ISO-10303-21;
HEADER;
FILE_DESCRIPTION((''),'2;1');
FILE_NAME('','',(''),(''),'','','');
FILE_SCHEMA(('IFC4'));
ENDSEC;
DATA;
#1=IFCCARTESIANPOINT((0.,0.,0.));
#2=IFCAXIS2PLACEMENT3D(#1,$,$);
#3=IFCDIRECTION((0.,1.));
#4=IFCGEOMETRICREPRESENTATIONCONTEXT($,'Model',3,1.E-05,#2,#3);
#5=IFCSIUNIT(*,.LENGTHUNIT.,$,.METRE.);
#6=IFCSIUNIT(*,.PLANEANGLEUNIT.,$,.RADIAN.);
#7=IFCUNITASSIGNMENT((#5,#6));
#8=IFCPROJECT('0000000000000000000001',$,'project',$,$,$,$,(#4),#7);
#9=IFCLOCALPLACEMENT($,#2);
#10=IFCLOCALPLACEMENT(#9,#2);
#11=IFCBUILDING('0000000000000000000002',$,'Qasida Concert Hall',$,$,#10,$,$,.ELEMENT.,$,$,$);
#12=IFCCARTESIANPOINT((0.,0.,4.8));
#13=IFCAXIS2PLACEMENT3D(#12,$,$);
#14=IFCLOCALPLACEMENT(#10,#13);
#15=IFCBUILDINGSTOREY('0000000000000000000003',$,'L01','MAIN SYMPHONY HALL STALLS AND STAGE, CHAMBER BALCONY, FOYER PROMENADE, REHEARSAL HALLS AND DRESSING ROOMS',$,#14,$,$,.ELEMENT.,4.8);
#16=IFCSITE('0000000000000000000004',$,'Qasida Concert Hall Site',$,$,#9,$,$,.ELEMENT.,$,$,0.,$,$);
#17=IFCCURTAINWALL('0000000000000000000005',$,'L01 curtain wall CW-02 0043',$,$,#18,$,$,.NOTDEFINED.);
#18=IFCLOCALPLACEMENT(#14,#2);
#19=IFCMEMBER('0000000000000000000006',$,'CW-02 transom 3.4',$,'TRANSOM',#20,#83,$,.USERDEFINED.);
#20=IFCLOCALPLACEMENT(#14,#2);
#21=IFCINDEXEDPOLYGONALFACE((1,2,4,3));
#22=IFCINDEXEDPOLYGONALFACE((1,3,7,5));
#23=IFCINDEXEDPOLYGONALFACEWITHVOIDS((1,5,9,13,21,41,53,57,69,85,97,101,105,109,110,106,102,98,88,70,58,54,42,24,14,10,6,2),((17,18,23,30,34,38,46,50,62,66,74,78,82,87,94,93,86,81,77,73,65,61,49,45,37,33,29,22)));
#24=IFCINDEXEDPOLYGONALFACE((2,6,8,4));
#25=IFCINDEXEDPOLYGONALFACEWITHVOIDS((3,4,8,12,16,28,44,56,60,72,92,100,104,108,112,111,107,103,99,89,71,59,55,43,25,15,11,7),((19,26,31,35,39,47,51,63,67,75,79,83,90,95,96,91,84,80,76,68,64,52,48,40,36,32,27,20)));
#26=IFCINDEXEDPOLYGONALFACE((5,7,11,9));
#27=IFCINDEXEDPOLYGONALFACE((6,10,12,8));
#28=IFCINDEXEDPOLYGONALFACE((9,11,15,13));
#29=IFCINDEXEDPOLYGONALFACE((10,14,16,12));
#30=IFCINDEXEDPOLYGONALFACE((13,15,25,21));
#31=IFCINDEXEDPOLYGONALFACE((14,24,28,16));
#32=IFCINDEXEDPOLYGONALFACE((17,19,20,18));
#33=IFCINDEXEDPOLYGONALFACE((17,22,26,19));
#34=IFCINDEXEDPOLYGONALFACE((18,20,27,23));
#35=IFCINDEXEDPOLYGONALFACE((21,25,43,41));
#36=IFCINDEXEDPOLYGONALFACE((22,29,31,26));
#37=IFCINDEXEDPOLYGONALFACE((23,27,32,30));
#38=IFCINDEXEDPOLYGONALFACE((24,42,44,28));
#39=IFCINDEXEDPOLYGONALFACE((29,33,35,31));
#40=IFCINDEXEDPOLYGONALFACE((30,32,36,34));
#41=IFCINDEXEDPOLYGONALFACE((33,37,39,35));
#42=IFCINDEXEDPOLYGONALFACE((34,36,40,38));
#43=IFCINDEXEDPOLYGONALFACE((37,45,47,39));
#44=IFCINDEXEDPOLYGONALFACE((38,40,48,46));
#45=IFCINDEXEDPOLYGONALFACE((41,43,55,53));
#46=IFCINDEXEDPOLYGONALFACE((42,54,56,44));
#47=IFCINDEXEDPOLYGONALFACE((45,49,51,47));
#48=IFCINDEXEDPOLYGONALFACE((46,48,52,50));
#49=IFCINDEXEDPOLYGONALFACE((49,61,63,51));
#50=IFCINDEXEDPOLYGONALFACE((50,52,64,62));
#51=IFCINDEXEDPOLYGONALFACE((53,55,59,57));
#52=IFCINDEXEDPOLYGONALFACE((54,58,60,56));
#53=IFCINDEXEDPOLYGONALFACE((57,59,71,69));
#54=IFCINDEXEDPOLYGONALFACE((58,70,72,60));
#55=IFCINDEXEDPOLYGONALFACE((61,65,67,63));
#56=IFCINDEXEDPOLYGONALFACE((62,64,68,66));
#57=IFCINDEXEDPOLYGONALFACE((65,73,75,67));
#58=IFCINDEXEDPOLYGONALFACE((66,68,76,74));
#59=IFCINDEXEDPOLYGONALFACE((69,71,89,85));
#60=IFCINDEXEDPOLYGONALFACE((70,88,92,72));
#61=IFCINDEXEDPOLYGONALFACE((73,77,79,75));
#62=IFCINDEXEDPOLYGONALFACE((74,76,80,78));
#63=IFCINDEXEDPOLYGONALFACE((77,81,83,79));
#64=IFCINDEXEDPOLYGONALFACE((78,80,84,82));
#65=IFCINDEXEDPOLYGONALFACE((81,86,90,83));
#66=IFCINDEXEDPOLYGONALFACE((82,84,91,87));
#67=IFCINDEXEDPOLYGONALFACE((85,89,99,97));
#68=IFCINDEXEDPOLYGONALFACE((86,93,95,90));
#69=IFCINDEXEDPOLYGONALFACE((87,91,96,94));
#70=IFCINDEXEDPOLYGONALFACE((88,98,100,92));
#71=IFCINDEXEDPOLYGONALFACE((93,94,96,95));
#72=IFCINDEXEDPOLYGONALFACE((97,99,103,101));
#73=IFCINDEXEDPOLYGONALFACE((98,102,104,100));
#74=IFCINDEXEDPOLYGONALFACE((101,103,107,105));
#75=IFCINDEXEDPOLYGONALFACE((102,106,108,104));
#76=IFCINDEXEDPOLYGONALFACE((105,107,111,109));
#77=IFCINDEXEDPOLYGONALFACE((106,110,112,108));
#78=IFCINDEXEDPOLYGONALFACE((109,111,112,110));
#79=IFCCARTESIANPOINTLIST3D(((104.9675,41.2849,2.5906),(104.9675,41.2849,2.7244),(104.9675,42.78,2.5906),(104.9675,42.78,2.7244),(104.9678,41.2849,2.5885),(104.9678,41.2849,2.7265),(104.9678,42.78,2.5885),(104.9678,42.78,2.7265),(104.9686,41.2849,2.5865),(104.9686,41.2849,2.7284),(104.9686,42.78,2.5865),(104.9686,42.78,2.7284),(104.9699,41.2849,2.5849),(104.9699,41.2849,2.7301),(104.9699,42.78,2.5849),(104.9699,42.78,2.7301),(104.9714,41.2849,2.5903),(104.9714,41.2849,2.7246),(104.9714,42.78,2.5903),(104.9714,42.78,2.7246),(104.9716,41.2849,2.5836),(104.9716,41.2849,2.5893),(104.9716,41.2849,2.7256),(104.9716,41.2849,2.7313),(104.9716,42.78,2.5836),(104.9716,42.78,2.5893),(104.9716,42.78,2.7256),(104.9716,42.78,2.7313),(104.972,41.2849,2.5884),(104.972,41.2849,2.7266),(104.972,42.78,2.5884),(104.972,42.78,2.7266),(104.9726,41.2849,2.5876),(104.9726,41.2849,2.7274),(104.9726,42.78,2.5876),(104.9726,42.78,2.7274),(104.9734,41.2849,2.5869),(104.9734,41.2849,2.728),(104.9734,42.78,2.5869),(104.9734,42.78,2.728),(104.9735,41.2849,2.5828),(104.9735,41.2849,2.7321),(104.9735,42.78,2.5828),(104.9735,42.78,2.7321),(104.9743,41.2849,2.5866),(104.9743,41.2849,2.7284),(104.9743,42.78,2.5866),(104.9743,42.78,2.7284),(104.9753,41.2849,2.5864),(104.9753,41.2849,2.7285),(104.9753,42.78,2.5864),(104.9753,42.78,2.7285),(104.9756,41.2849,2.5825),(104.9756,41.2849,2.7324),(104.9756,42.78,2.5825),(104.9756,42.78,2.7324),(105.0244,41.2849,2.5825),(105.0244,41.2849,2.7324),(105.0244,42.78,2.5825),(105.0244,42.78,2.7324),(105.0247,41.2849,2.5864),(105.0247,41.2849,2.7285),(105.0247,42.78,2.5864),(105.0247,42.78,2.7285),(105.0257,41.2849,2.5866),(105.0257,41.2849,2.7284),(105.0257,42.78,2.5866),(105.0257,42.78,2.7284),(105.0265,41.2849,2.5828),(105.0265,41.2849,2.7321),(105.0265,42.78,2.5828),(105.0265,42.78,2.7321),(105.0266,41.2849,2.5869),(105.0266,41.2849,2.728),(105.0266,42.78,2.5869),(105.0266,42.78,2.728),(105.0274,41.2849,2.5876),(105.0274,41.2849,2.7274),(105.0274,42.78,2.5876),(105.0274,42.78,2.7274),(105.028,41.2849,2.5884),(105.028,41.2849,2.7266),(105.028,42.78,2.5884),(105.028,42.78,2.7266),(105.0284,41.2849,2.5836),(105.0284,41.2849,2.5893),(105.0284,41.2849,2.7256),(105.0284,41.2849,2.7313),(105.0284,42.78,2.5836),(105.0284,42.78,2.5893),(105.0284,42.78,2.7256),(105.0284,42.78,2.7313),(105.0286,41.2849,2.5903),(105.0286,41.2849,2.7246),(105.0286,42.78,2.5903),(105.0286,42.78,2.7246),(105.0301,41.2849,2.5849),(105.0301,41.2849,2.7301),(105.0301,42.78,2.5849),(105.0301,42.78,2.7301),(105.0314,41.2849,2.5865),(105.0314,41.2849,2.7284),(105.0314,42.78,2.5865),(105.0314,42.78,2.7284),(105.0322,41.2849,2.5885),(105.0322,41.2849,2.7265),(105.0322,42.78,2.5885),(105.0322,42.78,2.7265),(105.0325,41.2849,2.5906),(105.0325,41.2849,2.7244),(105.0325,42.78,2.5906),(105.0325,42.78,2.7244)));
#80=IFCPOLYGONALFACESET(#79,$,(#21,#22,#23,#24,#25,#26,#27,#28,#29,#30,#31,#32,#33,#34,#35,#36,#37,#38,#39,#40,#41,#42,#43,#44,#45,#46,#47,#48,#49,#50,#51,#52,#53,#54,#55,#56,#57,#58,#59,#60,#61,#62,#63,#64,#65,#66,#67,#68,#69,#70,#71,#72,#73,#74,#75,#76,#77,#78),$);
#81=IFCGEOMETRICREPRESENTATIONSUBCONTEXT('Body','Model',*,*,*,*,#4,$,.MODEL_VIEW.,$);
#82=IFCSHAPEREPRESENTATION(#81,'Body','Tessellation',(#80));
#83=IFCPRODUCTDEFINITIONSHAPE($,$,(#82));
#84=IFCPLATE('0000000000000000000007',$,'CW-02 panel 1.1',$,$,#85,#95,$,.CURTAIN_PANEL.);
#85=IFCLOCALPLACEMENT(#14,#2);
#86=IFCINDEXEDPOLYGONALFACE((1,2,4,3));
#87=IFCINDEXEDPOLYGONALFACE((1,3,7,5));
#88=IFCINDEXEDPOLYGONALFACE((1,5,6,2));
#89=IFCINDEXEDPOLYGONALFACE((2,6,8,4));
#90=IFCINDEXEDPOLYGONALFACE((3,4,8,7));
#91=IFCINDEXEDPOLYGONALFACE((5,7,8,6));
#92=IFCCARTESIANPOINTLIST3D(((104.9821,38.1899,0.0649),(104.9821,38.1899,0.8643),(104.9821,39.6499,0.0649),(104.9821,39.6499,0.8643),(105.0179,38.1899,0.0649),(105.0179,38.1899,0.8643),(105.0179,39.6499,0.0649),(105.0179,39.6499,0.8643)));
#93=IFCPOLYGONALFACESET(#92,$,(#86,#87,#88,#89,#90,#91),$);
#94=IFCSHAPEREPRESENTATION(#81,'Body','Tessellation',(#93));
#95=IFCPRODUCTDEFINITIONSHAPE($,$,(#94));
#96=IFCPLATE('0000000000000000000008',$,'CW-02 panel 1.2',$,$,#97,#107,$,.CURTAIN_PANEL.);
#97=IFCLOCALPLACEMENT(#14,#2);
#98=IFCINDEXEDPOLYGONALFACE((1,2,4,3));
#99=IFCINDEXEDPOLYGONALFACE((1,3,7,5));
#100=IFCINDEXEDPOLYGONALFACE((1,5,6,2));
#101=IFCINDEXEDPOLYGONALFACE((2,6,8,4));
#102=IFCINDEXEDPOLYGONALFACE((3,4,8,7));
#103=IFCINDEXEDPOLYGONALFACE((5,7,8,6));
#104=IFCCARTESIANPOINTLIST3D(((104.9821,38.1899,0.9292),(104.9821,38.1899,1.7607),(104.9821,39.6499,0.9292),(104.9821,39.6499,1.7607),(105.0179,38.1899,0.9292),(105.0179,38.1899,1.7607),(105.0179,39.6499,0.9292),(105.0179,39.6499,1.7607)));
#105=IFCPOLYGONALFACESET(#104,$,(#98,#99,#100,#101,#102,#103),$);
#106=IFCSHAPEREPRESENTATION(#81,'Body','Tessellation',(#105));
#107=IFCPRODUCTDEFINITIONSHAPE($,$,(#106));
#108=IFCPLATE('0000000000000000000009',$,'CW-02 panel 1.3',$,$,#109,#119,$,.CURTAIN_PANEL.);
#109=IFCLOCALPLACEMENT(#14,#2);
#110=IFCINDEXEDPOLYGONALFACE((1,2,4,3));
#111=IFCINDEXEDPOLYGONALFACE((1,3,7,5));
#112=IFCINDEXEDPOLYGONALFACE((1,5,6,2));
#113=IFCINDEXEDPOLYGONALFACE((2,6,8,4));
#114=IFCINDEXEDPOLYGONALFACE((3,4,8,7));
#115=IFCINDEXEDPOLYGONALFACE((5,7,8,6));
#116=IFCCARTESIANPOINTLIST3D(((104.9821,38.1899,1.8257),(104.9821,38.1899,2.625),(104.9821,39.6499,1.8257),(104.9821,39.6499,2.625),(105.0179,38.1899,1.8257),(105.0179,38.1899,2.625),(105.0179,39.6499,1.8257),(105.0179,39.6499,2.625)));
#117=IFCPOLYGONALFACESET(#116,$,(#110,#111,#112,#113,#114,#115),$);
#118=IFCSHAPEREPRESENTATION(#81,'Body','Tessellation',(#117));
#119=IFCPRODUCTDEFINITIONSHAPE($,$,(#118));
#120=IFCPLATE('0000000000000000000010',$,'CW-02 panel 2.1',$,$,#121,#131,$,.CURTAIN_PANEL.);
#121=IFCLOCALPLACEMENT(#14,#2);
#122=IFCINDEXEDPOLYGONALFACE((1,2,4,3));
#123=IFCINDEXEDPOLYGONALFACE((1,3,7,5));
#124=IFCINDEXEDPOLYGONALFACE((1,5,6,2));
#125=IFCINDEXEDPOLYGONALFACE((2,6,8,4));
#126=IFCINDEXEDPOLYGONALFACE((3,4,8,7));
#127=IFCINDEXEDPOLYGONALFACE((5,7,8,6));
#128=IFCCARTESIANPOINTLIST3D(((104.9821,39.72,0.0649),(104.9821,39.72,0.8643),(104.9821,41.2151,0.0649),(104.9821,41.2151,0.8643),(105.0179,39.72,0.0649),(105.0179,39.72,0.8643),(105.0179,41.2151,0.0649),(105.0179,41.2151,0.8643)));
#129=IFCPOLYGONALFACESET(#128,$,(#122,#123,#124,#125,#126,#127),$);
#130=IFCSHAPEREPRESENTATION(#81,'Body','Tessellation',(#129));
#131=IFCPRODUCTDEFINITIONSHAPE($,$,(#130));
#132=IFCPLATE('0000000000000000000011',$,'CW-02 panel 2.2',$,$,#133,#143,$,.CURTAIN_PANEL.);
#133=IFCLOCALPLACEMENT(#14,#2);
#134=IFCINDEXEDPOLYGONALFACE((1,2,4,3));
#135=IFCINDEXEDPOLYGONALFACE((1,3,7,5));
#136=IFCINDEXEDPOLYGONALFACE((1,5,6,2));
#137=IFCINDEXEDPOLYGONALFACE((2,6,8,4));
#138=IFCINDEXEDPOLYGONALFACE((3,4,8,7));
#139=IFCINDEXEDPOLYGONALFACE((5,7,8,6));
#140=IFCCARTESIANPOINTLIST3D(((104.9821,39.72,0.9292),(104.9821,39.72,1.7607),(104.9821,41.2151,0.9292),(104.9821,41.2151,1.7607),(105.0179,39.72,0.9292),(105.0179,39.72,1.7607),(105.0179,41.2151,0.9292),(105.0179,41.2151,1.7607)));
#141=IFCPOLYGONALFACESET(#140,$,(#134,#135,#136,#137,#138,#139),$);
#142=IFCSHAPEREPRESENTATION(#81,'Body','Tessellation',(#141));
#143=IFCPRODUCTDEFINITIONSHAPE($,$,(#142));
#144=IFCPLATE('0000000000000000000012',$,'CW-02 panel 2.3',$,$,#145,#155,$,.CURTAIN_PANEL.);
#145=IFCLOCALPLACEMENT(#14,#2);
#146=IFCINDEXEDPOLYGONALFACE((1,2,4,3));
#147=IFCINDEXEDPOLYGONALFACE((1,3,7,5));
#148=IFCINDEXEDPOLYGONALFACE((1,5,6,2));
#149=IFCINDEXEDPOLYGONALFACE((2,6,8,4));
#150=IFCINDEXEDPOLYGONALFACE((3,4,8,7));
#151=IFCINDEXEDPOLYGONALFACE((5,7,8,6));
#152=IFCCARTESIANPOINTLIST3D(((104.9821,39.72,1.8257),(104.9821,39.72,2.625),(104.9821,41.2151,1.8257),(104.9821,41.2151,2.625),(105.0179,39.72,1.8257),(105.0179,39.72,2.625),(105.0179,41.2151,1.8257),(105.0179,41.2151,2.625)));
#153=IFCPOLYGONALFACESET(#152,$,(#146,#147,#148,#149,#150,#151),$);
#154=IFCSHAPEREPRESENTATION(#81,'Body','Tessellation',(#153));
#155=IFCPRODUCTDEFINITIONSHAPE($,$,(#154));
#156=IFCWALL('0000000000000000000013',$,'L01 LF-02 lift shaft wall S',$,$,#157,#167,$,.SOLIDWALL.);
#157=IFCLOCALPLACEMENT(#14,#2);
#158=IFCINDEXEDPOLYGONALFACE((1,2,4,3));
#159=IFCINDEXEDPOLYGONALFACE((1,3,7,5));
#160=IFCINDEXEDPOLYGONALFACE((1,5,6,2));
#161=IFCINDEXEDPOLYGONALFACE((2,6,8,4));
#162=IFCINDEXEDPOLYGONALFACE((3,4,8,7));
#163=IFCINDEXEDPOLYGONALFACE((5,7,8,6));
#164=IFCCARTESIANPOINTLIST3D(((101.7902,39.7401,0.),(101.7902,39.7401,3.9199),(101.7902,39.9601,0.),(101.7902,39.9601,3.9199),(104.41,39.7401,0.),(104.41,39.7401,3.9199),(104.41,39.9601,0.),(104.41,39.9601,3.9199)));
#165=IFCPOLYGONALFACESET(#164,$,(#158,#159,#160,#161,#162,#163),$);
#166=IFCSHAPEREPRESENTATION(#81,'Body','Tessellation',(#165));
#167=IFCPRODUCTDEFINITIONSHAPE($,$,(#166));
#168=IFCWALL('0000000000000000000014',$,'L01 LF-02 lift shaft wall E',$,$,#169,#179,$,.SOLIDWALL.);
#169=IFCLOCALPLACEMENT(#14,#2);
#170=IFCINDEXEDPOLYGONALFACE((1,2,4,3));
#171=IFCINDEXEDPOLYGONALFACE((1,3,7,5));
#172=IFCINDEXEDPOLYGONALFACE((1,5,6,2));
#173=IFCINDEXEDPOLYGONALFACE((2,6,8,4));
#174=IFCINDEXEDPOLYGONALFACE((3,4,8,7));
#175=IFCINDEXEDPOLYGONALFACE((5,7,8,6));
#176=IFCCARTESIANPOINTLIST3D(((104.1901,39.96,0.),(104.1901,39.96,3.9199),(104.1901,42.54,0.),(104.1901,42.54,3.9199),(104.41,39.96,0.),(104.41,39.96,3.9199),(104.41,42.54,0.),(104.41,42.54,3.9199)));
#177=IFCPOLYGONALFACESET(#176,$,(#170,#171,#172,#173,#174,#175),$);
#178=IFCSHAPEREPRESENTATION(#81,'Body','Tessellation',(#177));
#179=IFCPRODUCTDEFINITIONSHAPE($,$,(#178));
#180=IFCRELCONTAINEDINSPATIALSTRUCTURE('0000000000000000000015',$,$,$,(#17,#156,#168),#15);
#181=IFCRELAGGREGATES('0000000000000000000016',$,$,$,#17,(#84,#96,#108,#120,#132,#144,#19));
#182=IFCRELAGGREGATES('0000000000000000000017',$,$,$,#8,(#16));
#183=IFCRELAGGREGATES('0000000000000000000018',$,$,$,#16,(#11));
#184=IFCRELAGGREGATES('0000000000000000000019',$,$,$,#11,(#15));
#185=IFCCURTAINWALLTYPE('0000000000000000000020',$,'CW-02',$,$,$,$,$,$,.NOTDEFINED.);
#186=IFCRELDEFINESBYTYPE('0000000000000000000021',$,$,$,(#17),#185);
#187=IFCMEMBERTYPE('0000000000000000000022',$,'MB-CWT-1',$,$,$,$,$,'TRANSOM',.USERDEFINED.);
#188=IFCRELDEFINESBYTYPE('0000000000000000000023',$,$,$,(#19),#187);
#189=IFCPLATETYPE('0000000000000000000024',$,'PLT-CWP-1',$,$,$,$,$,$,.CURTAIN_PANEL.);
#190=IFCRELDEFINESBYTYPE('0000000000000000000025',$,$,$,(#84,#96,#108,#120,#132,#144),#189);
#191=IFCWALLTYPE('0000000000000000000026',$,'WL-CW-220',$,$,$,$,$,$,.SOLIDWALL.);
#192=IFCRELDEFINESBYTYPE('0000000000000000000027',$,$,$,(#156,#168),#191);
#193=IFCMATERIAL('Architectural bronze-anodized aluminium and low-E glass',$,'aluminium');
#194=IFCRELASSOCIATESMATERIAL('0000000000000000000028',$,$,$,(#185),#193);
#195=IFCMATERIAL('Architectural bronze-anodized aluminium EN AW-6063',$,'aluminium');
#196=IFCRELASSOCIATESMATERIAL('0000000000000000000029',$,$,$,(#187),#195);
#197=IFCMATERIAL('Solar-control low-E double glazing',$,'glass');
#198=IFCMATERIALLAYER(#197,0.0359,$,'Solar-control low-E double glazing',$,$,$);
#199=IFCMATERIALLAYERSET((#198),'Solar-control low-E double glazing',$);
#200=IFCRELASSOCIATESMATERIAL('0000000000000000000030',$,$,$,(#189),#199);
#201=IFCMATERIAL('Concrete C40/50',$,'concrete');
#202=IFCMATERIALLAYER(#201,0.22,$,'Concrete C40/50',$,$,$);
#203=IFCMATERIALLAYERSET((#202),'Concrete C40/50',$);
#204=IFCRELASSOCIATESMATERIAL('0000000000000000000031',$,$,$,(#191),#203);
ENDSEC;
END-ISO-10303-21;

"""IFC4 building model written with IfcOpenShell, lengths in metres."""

from ifc_helpers import new_model, si_unit, direction, frame, frame_2d, origin, origin_2d, place, context, subcontext, project, spatial, rectangle, hollow_rectangle, extrude, material, layer, layer_set, material_profile, profile_set, type_object, element, aggregate, save


model = new_model("IFC4")

# Units and contexts
model_context = context("Model", 3, precision=1e-05, world=origin(), true_north=direction((0.0, 1.0)))
body_context = subcontext(model_context, "Body", "Model", "MODEL_VIEW")
ifc_project = project(units=[si_unit("LENGTHUNIT", "METRE"), si_unit("PLANEANGLEUNIT", "RADIAN")], contexts=[model_context])

# Site, building, storey
site_placement = place(None, origin())
site = spatial("IfcSite", under=ifc_project, at=site_placement, Name="Qasida Concert Hall Site", CompositionType="ELEMENT", RefElevation=0.0)
building_placement = place(site_placement, origin())
building = spatial("IfcBuilding", under=site, at=building_placement, Name="Qasida Concert Hall", CompositionType="ELEMENT")
storey_placement = place(building_placement, frame((0.0, 0.0, 4.8)))
storey = spatial("IfcBuildingStorey", under=building, at=storey_placement, Name="L01", Description="MAIN SYMPHONY HALL STALLS AND STAGE, CHAMBER BALCONY, FOYER PROMENADE, REHEARSAL HALLS AND DRESSING ROOMS", CompositionType="ELEMENT", Elevation=4.8)

# Curtain wall, member, plates
ifc_material_1 = material(Name="Architectural bronze-anodized aluminium and low-E glass", Category="aluminium")
curtain_wall_type = type_object("IfcCurtainWallType", Name="CW-02", PredefinedType="NOTDEFINED", material=ifc_material_1)
curtain_wall_placement = place(storey_placement, origin())
curtain_wall = element("IfcCurtainWall", 1, at=curtain_wall_placement, inside=storey, type_object=curtain_wall_type, Name="L01 curtain wall CW-02 0043", PredefinedType="NOTDEFINED")
ifc_material_2 = material(Name="Architectural bronze-anodized aluminium EN AW-6063", Category="aluminium")
ifc_material_profile_1 = material_profile(ifc_material_2, hollow_rectangle(XDim=0.0649, YDim=0.1499, WallThickness=0.0039, InnerFilletRadius=0.0039, OuterFilletRadius=0.0081, at=origin_2d()), Name="CWT 150x65x4")
ifc_profile_set_1 = profile_set([ifc_material_profile_1], Name="Architectural bronze-anodized aluminium EN AW-6063")
member_type_1 = type_object("IfcMemberType", Name="MB-CWT-1", ElementType="TRANSOM", PredefinedType="USERDEFINED", material=ifc_profile_set_1)
member_1_placement = place(storey_placement, frame((105.0, 41.2849, 2.6575), z_axis=(0.0, 1.0, 0.0), x_axis=(-1.0, 0.0, 0.0)))
member_1 = element("IfcMember", 2, at=member_1_placement, type_object=member_type_1, Name="CW-02 transom 3.4", ObjectType="TRANSOM", PredefinedType="USERDEFINED", context=body_context, shape_type="SweptSolid", body=[
    extrude(hollow_rectangle(XDim=0.0649, YDim=0.1499, WallThickness=0.0039, InnerFilletRadius=0.0039, OuterFilletRadius=0.0081, at=origin_2d()), origin(), (0.0, 0.0, 1.0), 1.4951),
])
ifc_material_3 = material(Name="Solar-control low-E double glazing", Category="glass")
ifc_layer_1 = layer(ifc_material_3, 0.0359, Name="Solar-control low-E double glazing")
ifc_layer_set_1 = layer_set([ifc_layer_1], Name="Solar-control low-E double glazing")
plate_type = type_object("IfcPlateType", Name="PLT-CWP-1", PredefinedType="CURTAIN_PANEL", material=ifc_layer_set_1)
plate_1_placement = place(storey_placement, frame((105.0, 38.9199, 0.0649), z_axis=(0.0, 0.0, 1.0), x_axis=(0.0, 1.0, 0.0)))
plate_1 = element("IfcPlate", 3, at=plate_1_placement, type_object=plate_type, Name="CW-02 panel 1.1", PredefinedType="CURTAIN_PANEL", context=body_context, shape_type="SweptSolid", body=[
    extrude(rectangle(XDim=1.46, YDim=0.0359, at=origin_2d()), origin(), (0.0, 0.0, 1.0), 0.7993),
])
plate_2_placement = place(storey_placement, frame((105.0, 38.9199, 0.9292), z_axis=(0.0, 0.0, 1.0), x_axis=(0.0, 1.0, 0.0)))
plate_2 = element("IfcPlate", 4, at=plate_2_placement, type_object=plate_type, Name="CW-02 panel 1.2", PredefinedType="CURTAIN_PANEL", context=body_context, shape_type="SweptSolid", body=[
    extrude(rectangle(XDim=1.46, YDim=0.0359, at=origin_2d()), origin(), (0.0, 0.0, 1.0), 0.8315),
])
plate_3_placement = place(storey_placement, frame((105.0, 38.9199, 1.8257), z_axis=(0.0, 0.0, 1.0), x_axis=(0.0, 1.0, 0.0)))
plate_3 = element("IfcPlate", 5, at=plate_3_placement, type_object=plate_type, Name="CW-02 panel 1.3", PredefinedType="CURTAIN_PANEL", context=body_context, shape_type="SweptSolid", body=[
    extrude(rectangle(XDim=1.46, YDim=0.0359, at=origin_2d()), origin(), (0.0, 0.0, 1.0), 0.7993),
])
plate_4_placement = place(storey_placement, frame((105.0, 40.4675, 0.0649), z_axis=(0.0, 0.0, 1.0), x_axis=(0.0, 1.0, 0.0)))
plate_4 = element("IfcPlate", 6, at=plate_4_placement, type_object=plate_type, Name="CW-02 panel 2.1", PredefinedType="CURTAIN_PANEL", context=body_context, shape_type="SweptSolid", body=[
    extrude(rectangle(XDim=1.4951, YDim=0.0359, at=origin_2d()), origin(), (0.0, 0.0, 1.0), 0.7993),
])
plate_5_placement = place(storey_placement, frame((105.0, 40.4675, 0.9292), z_axis=(0.0, 0.0, 1.0), x_axis=(0.0, 1.0, 0.0)))
plate_5 = element("IfcPlate", 7, at=plate_5_placement, type_object=plate_type, Name="CW-02 panel 2.2", PredefinedType="CURTAIN_PANEL", context=body_context, shape_type="SweptSolid", body=[
    extrude(rectangle(XDim=1.4951, YDim=0.0359, at=origin_2d()), origin(), (0.0, 0.0, 1.0), 0.8315),
])
plate_6_placement = place(storey_placement, frame((105.0, 40.4675, 1.8257), z_axis=(0.0, 0.0, 1.0), x_axis=(0.0, 1.0, 0.0)))
plate_6 = element("IfcPlate", 8, at=plate_6_placement, type_object=plate_type, Name="CW-02 panel 2.3", PredefinedType="CURTAIN_PANEL", context=body_context, shape_type="SweptSolid", body=[
    extrude(rectangle(XDim=1.4951, YDim=0.0359, at=origin_2d()), origin(), (0.0, 0.0, 1.0), 0.7993),
])
aggregate(curtain_wall, [plate_1, plate_2, plate_3, plate_4, plate_5, plate_6, member_1])

# Wall
ifc_material_4 = material(Name="Concrete C40/50", Category="concrete")
ifc_layer_2 = layer(ifc_material_4, 0.22, Name="Concrete C40/50")
ifc_layer_set_2 = layer_set([ifc_layer_2], Name="Concrete C40/50")
wall_type = type_object("IfcWallType", Name="WL-CW-220", PredefinedType="SOLIDWALL", material=ifc_layer_set_2)
wall_1_placement = place(storey_placement, frame((101.79, 39.8501, 0.0), z_axis=(0.0, 0.0, 1.0), x_axis=(1.0, 0.0, 0.0)))
element("IfcWall", 9, at=wall_1_placement, inside=storey, type_object=wall_type, Name="L01 LF-02 lift shaft wall S", PredefinedType="SOLIDWALL", context=body_context, shape_type="SweptSolid", body=[
    extrude(rectangle(XDim=2.6199, YDim=0.22, at=frame_2d((1.3101, 0.0))), origin(), (0.0, 0.0, 1.0), 3.9199),
])

# Wall
wall_2_placement = place(storey_placement, frame((104.3, 39.96, 0.0), z_axis=(0.0, 0.0, 1.0), x_axis=(0.0, 1.0, 0.0)))
element("IfcWall", 10, at=wall_2_placement, inside=storey, type_object=wall_type, Name="L01 LF-02 lift shaft wall E", PredefinedType="SOLIDWALL", context=body_context, shape_type="SweptSolid", body=[
    extrude(rectangle(XDim=2.5801, YDim=0.22, at=frame_2d((1.29, 0.0))), origin(), (0.0, 0.0, 1.0), 3.9199),
])

save(model, "model.ifc")
